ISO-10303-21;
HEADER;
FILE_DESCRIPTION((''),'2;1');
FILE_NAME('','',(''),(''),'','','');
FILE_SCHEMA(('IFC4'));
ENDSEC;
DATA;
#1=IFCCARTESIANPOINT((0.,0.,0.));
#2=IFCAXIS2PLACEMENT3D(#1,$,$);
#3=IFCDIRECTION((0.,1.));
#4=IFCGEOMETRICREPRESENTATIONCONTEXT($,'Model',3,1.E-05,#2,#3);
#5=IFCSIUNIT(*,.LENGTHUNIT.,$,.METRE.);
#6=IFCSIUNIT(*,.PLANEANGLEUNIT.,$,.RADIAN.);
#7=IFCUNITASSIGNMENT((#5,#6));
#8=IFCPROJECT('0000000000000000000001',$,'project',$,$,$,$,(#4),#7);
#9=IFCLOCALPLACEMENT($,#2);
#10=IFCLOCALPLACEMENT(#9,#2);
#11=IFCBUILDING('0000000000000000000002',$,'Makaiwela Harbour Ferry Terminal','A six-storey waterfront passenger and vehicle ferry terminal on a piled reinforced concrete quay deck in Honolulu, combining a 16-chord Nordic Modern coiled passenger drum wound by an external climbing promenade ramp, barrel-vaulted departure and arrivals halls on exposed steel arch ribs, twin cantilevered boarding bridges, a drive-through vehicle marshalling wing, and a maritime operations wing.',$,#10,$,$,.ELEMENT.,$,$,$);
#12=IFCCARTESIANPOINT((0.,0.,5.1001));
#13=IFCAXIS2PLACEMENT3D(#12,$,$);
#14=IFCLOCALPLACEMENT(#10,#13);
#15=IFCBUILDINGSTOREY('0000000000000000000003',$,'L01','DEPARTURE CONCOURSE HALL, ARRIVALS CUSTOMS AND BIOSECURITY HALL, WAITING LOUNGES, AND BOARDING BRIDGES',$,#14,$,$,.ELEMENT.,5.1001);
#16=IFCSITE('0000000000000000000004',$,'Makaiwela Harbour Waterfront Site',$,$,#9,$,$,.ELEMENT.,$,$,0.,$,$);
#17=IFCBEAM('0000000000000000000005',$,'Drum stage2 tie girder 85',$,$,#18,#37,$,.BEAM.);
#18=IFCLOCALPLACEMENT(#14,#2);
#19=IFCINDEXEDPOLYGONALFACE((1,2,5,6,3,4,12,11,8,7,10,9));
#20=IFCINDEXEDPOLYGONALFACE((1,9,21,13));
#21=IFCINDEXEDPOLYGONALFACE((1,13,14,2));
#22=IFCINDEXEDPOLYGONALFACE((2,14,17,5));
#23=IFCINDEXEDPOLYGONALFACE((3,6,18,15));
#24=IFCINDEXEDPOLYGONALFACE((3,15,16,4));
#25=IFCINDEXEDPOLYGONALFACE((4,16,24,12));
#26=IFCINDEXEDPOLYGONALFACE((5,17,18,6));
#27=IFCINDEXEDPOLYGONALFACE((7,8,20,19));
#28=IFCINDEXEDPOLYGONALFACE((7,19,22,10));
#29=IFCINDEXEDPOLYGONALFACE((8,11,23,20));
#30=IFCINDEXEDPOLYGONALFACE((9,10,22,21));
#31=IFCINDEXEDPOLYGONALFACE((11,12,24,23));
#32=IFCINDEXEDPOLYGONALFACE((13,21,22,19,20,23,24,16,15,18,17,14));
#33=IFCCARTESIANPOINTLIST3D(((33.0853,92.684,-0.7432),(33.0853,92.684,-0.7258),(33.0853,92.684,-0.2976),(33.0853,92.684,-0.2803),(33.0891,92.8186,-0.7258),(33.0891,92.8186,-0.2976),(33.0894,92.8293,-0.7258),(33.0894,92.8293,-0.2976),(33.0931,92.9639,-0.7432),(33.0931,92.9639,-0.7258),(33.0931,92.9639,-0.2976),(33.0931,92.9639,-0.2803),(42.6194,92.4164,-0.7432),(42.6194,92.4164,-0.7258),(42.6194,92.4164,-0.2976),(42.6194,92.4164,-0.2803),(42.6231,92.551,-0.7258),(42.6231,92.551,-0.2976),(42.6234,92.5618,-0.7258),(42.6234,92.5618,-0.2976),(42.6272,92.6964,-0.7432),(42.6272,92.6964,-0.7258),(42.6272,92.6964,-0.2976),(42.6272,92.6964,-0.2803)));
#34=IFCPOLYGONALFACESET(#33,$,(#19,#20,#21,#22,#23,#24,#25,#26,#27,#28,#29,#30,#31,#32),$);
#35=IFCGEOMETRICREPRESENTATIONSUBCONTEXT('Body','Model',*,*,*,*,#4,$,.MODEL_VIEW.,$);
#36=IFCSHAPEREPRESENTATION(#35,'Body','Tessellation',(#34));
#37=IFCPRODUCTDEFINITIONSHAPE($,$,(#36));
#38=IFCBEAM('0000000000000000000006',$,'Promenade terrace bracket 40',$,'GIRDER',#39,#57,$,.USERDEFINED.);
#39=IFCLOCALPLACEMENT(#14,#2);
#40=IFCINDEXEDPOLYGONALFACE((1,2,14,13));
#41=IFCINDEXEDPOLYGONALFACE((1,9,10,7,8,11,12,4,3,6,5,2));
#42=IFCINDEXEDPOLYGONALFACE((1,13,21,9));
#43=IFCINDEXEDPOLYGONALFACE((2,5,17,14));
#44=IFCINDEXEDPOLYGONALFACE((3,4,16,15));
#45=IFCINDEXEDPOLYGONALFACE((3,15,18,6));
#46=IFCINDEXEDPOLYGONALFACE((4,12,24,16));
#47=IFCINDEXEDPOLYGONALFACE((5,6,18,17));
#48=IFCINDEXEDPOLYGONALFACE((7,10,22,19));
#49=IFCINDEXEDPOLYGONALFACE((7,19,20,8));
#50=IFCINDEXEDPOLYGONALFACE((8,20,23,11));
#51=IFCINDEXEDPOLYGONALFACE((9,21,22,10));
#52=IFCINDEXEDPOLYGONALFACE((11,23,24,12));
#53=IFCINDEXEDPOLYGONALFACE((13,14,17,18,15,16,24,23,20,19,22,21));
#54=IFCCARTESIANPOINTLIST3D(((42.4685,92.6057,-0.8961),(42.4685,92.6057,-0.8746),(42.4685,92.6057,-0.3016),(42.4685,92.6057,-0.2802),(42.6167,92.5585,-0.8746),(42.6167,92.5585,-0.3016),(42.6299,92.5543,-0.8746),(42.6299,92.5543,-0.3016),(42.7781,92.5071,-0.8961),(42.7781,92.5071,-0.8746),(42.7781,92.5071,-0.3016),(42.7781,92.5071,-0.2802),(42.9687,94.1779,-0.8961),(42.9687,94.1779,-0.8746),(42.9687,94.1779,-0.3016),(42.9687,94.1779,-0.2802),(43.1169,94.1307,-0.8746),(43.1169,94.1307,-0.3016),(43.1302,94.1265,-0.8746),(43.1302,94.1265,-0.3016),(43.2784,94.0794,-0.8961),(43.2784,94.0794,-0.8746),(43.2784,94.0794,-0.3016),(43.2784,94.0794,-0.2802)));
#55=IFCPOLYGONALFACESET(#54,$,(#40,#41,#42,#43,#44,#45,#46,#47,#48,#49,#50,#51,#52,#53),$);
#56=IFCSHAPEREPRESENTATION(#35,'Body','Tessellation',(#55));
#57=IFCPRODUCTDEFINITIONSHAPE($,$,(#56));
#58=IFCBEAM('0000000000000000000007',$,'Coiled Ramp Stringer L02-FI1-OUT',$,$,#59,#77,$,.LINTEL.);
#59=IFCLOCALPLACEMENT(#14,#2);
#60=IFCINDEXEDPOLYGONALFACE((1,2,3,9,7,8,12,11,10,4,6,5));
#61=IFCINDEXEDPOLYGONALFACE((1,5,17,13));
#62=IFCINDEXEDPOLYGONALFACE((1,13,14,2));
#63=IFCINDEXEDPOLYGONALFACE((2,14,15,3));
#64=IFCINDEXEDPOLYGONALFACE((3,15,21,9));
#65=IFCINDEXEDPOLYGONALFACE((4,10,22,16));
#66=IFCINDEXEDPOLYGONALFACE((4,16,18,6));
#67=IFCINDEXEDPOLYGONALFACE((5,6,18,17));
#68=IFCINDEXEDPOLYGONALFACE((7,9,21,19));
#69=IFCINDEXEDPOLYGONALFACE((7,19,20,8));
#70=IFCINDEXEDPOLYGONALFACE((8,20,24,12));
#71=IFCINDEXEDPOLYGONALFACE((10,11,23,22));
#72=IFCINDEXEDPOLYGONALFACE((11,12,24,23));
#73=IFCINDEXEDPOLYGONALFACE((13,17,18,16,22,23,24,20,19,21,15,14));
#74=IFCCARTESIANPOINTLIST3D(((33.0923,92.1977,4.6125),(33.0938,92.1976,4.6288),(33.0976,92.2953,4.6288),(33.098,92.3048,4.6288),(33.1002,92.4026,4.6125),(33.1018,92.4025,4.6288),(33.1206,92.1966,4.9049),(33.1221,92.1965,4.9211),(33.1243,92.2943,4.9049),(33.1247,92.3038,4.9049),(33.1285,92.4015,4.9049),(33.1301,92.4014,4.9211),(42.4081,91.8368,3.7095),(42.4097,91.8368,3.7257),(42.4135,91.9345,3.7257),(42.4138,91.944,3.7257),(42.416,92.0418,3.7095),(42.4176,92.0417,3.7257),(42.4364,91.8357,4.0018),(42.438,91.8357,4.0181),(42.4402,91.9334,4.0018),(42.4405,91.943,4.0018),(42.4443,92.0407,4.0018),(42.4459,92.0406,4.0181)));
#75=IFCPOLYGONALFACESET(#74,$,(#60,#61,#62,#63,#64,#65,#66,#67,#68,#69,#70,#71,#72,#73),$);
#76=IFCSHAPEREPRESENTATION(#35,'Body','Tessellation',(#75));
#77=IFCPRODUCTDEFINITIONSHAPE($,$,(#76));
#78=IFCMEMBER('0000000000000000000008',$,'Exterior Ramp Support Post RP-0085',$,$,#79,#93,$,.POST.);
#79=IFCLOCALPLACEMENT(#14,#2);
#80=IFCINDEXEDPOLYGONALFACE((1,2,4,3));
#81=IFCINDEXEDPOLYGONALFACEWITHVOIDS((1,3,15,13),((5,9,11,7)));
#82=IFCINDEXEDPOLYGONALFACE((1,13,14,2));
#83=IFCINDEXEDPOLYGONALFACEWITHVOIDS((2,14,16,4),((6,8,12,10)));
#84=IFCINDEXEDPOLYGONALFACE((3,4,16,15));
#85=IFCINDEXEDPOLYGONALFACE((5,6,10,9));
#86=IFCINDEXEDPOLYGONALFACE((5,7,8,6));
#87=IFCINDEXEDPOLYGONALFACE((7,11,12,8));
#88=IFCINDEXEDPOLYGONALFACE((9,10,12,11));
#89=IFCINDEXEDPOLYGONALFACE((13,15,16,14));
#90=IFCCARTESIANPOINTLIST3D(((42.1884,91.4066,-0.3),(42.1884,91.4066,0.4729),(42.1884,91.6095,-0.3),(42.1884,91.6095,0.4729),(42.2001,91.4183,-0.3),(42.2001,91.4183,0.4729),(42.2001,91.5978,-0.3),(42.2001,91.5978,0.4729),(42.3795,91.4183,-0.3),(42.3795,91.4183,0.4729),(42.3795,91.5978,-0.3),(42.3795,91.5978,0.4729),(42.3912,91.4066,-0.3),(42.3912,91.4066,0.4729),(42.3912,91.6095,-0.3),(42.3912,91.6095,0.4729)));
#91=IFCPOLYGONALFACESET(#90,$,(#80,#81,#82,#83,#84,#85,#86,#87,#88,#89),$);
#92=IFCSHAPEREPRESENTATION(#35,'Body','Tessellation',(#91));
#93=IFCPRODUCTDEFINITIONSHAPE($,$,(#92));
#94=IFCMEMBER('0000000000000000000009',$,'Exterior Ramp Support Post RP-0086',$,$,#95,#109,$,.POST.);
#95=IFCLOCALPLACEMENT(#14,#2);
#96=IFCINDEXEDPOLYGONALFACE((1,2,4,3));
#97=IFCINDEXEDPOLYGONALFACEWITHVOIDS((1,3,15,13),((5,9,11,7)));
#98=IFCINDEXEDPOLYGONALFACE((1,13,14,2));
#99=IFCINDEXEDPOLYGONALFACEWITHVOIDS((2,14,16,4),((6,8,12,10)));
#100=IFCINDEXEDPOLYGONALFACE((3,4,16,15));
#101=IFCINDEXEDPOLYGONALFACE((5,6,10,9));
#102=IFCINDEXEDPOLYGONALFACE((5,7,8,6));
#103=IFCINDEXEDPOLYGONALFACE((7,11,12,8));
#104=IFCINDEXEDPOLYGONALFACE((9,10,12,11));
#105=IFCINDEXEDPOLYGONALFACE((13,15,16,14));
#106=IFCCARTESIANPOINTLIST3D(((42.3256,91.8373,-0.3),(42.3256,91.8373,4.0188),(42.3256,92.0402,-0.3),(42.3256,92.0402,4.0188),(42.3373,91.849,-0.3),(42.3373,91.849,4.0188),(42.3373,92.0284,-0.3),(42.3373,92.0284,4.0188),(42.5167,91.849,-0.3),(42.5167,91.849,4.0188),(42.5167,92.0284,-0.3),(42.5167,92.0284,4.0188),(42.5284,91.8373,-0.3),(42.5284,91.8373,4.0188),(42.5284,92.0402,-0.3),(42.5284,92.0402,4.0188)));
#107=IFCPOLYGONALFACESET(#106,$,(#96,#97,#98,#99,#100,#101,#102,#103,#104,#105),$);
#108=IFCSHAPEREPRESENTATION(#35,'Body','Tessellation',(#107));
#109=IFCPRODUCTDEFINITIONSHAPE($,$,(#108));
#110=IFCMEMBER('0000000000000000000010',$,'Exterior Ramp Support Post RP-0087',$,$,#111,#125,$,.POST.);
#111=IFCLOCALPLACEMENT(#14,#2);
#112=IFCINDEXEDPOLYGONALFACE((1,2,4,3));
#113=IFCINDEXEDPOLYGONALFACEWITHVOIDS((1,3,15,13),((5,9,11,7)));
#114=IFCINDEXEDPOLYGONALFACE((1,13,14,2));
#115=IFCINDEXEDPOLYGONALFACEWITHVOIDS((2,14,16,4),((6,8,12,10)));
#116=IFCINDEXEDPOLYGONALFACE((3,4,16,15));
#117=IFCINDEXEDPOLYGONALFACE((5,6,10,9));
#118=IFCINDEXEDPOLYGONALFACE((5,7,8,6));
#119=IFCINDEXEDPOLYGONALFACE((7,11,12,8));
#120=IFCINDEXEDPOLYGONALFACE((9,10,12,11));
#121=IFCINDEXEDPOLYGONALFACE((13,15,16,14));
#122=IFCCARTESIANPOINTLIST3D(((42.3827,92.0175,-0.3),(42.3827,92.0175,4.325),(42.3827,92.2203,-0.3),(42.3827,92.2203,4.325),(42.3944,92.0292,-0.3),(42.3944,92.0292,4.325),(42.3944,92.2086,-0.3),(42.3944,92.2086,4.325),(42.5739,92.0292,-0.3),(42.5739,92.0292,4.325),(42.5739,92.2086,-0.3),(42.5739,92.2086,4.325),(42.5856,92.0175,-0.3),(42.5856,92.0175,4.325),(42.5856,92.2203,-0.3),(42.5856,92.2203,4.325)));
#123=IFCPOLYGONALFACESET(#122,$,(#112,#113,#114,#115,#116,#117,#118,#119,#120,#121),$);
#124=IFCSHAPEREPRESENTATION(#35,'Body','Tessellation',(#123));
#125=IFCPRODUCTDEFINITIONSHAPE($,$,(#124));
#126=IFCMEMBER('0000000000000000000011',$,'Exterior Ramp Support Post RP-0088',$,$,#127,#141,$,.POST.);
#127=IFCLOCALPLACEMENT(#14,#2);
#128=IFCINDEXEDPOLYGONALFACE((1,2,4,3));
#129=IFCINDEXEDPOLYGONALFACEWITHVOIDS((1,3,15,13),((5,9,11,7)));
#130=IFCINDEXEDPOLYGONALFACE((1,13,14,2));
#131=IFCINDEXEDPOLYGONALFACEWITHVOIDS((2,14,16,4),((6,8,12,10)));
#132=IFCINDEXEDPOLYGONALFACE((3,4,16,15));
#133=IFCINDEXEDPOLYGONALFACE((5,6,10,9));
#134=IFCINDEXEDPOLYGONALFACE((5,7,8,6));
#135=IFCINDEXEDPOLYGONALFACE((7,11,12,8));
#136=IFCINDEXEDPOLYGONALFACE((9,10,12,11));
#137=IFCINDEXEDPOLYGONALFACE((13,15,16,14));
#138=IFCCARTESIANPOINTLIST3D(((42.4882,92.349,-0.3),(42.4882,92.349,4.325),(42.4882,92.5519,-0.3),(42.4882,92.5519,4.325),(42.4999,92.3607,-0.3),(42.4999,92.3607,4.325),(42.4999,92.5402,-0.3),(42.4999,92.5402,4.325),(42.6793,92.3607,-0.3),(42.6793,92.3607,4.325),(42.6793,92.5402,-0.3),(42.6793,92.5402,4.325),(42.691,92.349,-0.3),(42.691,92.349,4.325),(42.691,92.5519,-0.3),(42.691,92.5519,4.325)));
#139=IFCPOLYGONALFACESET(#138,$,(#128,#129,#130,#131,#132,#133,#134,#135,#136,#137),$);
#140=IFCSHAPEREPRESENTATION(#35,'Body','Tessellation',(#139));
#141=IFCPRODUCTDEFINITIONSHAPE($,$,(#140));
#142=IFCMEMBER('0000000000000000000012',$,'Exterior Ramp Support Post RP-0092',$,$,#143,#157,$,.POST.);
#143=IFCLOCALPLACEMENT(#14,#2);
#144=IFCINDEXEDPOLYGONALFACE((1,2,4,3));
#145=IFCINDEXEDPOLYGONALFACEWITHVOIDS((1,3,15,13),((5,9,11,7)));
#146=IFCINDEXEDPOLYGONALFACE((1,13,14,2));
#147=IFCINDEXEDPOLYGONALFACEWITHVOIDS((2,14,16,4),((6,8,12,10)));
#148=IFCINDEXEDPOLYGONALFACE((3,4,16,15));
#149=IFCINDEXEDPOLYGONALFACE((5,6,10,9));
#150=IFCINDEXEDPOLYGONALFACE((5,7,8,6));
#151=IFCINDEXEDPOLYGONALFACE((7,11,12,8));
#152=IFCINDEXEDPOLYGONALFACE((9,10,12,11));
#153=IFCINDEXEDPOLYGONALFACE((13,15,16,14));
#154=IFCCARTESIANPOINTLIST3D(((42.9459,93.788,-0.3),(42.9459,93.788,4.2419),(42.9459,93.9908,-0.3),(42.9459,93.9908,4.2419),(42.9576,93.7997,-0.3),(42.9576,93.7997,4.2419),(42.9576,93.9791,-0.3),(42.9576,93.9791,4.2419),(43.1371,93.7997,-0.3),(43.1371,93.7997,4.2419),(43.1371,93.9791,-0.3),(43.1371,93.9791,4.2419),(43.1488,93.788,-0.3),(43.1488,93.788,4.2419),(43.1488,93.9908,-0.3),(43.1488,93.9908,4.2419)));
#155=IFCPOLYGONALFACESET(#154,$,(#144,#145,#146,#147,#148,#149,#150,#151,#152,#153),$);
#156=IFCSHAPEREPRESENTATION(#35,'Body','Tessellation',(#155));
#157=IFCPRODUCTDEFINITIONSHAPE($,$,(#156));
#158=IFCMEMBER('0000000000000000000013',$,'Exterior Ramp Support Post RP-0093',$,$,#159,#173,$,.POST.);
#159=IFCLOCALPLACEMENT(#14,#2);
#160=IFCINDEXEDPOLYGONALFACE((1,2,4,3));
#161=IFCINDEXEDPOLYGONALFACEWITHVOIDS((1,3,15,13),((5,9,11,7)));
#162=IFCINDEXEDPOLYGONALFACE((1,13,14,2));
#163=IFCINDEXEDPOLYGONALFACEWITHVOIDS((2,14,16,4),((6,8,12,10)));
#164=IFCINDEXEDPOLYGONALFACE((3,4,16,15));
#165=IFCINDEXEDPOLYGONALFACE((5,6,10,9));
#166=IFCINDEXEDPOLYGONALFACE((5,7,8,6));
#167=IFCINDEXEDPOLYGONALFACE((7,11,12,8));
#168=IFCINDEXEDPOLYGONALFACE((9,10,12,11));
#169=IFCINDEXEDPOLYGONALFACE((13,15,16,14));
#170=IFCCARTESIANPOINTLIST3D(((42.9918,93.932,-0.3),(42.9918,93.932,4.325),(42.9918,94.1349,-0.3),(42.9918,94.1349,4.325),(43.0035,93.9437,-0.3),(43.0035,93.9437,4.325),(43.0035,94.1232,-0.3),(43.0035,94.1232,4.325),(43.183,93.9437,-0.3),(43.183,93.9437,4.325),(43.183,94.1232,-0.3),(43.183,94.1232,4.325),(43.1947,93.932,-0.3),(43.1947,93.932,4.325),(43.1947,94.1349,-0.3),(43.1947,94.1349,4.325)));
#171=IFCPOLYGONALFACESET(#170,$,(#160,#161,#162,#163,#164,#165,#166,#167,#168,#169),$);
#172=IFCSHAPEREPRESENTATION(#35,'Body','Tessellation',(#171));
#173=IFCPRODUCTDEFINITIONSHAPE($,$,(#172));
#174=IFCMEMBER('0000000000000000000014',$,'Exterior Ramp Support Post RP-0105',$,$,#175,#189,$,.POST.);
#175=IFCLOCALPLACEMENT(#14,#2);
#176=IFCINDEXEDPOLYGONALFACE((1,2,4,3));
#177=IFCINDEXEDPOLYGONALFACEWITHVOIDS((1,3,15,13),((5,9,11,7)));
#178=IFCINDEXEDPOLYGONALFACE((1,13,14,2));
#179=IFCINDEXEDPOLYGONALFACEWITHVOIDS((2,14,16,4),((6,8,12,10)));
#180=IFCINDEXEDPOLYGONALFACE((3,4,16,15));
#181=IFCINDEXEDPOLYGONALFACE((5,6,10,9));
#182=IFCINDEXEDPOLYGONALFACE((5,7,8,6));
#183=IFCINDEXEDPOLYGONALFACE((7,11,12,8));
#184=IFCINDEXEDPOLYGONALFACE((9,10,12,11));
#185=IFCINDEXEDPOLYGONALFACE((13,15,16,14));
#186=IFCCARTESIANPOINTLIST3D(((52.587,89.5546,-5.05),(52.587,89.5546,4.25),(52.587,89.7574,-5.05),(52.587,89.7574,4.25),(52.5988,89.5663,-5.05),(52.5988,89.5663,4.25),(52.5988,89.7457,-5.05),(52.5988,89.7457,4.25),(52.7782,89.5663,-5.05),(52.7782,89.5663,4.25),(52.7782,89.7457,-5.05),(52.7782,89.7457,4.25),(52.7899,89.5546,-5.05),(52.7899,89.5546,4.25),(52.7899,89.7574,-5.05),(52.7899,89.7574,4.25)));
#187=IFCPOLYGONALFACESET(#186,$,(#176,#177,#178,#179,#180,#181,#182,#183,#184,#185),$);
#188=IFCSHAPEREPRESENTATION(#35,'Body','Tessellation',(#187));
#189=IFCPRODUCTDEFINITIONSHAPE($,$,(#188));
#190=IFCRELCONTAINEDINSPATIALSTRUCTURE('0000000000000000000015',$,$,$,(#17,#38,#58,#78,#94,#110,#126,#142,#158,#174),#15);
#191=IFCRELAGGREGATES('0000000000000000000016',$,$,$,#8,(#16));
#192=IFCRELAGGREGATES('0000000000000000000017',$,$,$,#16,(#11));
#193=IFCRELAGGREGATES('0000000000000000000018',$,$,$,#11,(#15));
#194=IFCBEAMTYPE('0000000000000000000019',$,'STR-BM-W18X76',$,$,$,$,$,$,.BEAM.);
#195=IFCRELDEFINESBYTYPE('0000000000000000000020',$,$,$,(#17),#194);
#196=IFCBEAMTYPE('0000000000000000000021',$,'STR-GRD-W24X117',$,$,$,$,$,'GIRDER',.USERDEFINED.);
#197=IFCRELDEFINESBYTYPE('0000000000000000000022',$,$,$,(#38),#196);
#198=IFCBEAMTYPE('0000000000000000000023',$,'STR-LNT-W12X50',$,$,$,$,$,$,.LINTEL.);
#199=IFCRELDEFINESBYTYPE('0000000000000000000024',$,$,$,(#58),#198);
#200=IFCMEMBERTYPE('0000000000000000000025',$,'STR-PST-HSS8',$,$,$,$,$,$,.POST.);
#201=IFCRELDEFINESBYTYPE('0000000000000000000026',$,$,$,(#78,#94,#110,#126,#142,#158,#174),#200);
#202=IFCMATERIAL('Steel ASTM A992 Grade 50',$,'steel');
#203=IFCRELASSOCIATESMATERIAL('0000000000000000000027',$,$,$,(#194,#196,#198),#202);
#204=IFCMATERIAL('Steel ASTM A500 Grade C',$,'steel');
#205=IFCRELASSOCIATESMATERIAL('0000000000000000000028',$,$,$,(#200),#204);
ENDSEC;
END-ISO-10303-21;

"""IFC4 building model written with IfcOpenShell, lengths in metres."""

from ifc_helpers import new_model, si_unit, direction, frame, origin, origin_2d, place, context, subcontext, project, spatial, hollow_rectangle, i_section, extrude, material, material_profile, profile_set, type_object, element, save


model = new_model("IFC4")

# Units and contexts
model_context = context("Model", 3, precision=1e-05, world=origin(), true_north=direction((0.0, 1.0)))
body_context = subcontext(model_context, "Body", "Model", "MODEL_VIEW")
ifc_project = project(units=[si_unit("LENGTHUNIT", "METRE"), si_unit("PLANEANGLEUNIT", "RADIAN")], contexts=[model_context])

# Site, building, storey
site_placement = place(None, origin())
site = spatial("IfcSite", under=ifc_project, at=site_placement, Name="Makaiwela Harbour Waterfront Site", CompositionType="ELEMENT", RefElevation=0.0)
building_placement = place(site_placement, origin())
building = spatial("IfcBuilding", under=site, at=building_placement, Name="Makaiwela Harbour Ferry Terminal", Description="A six-storey waterfront passenger and vehicle ferry terminal on a piled reinforced concrete quay deck in Honolulu, combining a 16-chord Nordic Modern coiled passenger drum wound by an external climbing promenade ramp, barrel-vaulted departure and arrivals halls on exposed steel arch ribs, twin cantilevered boarding bridges, a drive-through vehicle marshalling wing, and a maritime operations wing.", CompositionType="ELEMENT")
storey_placement = place(building_placement, frame((0.0, 0.0, 5.1001)))
storey = spatial("IfcBuildingStorey", under=building, at=storey_placement, Name="L01", Description="DEPARTURE CONCOURSE HALL, ARRIVALS CUSTOMS AND BIOSECURITY HALL, WAITING LOUNGES, AND BOARDING BRIDGES", CompositionType="ELEMENT", Elevation=5.1001)

# Beams
ifc_material_1 = material(Name="Steel ASTM A992 Grade 50", Category="steel")
ifc_material_profile_1 = material_profile(ifc_material_1, i_section(OverallWidth=0.28, OverallDepth=0.4629, WebThickness=0.0107, FlangeThickness=0.0173, at=origin_2d()), Name="W18X76")
ifc_profile_set_1 = profile_set([ifc_material_profile_1], Name="Steel ASTM A992 Grade 50")
beam_type_1 = type_object("IfcBeamType", Name="STR-BM-W18X76", PredefinedType="BEAM", material=ifc_profile_set_1)
beam_1_placement = place(storey_placement, frame((42.6233, 92.5564, -0.5117), z_axis=(-0.999606, 0.028054, 0.0), x_axis=(-0.028054, -0.999606, 0.0)))
element("IfcBeam", 1, at=beam_1_placement, inside=storey, type_object=beam_type_1, Name="Drum stage2 tie girder 85", PredefinedType="BEAM", context=body_context, shape_type="SweptSolid", body=[
    extrude(i_section(OverallWidth=0.28, OverallDepth=0.4629, WebThickness=0.0107, FlangeThickness=0.0173, at=origin_2d()), origin(), (0.0, 0.0, 1.0), 9.5378),
])
ifc_material_profile_2 = material_profile(ifc_material_1, i_section(OverallWidth=0.325, OverallDepth=0.616, WebThickness=0.0139, FlangeThickness=0.0215, at=origin_2d()), Name="W24X117")
ifc_profile_set_2 = profile_set([ifc_material_profile_2], Name="Steel ASTM A992 Grade 50")
beam_type_2 = type_object("IfcBeamType", Name="STR-GRD-W24X117", ElementType="GIRDER", PredefinedType="USERDEFINED", material=ifc_profile_set_2)
beam_2_placement = place(storey_placement, frame((42.6233, 92.5564, -0.5881), z_axis=(0.303191, 0.95293, 0.0), x_axis=(-0.95293, 0.303191, 0.0)))
element("IfcBeam", 2, at=beam_2_placement, inside=storey, type_object=beam_type_2, Name="Promenade terrace bracket 40", ObjectType="GIRDER", PredefinedType="USERDEFINED", context=body_context, shape_type="SweptSolid", body=[
    extrude(i_section(OverallWidth=0.325, OverallDepth=0.616, WebThickness=0.0139, FlangeThickness=0.0215, at=origin_2d()), origin(), (0.0, 0.0, 1.0), 1.6499),
])
ifc_material_profile_3 = material_profile(ifc_material_1, i_section(OverallWidth=0.2051, OverallDepth=0.3101, WebThickness=0.0095, FlangeThickness=0.0164, at=origin_2d()), Name="W12X50")
ifc_profile_set_3 = profile_set([ifc_material_profile_3], Name="Steel ASTM A992 Grade 50")
beam_type_3 = type_object("IfcBeamType", Name="STR-LNT-W12X50", PredefinedType="LINTEL", material=ifc_profile_set_3)
beam_3_placement = place(storey_placement, frame((42.427, 91.9387, 3.8638), z_axis=(-0.994595, 0.038524, 0.096415), x_axis=(-0.038705, -0.999251, 0.0)))
element("IfcBeam", 3, at=beam_3_placement, inside=storey, type_object=beam_type_3, Name="Coiled Ramp Stringer L02-FI1-OUT", PredefinedType="LINTEL", context=body_context, shape_type="SweptSolid", body=[
    extrude(i_section(OverallWidth=0.2051, OverallDepth=0.3101, WebThickness=0.0095, FlangeThickness=0.0164, at=origin_2d()), origin(), (0.0, 0.0, 1.0), 9.3665),
])

# Members
ifc_material_2 = material(Name="Steel ASTM A500 Grade C", Category="steel")
ifc_material_profile_4 = material_profile(ifc_material_2, hollow_rectangle(XDim=0.2029, YDim=0.2029, WallThickness=0.0117, at=origin_2d()), Name="HSS8X8X1/2")
ifc_profile_set_4 = profile_set([ifc_material_profile_4], Name="Steel ASTM A500 Grade C")
member_type = type_object("IfcMemberType", Name="STR-PST-HSS8", PredefinedType="POST", material=ifc_profile_set_4)
member_1_placement = place(storey_placement, frame((42.2898, 91.5081, -0.3), z_axis=(0.0, 0.0, 1.0), x_axis=(1.0, 0.0, 0.0)))
element("IfcMember", 4, at=member_1_placement, inside=storey, type_object=member_type, Name="Exterior Ramp Support Post RP-0085", PredefinedType="POST", context=body_context, shape_type="SweptSolid", body=[
    extrude(hollow_rectangle(XDim=0.2029, YDim=0.2029, WallThickness=0.0117, at=origin_2d()), origin(), (0.0, 0.0, 1.0), 0.7729),
])
member_2_placement = place(storey_placement, frame((42.427, 91.9387, -0.3), z_axis=(0.0, 0.0, 1.0), x_axis=(1.0, 0.0, 0.0)))
element("IfcMember", 5, at=member_2_placement, inside=storey, type_object=member_type, Name="Exterior Ramp Support Post RP-0086", PredefinedType="POST", context=body_context, shape_type="SweptSolid", body=[
    extrude(hollow_rectangle(XDim=0.2029, YDim=0.2029, WallThickness=0.0117, at=origin_2d()), origin(), (0.0, 0.0, 1.0), 4.3188),
])
for number, where, z_axis, x_axis, name in (
    (6, (42.4841, 92.1189, -0.3), (0.0, 0.0, 1.0), (1.0, 0.0, 0.0), "Exterior Ramp Support Post RP-0087"),
    (7, (42.5896, 92.4504, -0.3), (0.0, 0.0, 1.0), (1.0, 0.0, 0.0), "Exterior Ramp Support Post RP-0088"),
):
    element("IfcMember", number, at=place(storey_placement, frame(where, z_axis=z_axis, x_axis=x_axis)), inside=storey, type_object=member_type, Name=name, PredefinedType="POST", context=body_context, shape_type="SweptSolid", body=[
        extrude(hollow_rectangle(XDim=0.2029, YDim=0.2029, WallThickness=0.0117, at=origin_2d()), origin(), (0.0, 0.0, 1.0), 4.625),
    ])
member_3_placement = place(storey_placement, frame((43.0474, 93.8894, -0.3), z_axis=(0.0, 0.0, 1.0), x_axis=(1.0, 0.0, 0.0)))
element("IfcMember", 8, at=member_3_placement, inside=storey, type_object=member_type, Name="Exterior Ramp Support Post RP-0092", PredefinedType="POST", context=body_context, shape_type="SweptSolid", body=[
    extrude(hollow_rectangle(XDim=0.2029, YDim=0.2029, WallThickness=0.0117, at=origin_2d()), origin(), (0.0, 0.0, 1.0), 4.542),
])
member_4_placement = place(storey_placement, frame((43.0933, 94.0334, -0.3), z_axis=(0.0, 0.0, 1.0), x_axis=(1.0, 0.0, 0.0)))
element("IfcMember", 9, at=member_4_placement, inside=storey, type_object=member_type, Name="Exterior Ramp Support Post RP-0093", PredefinedType="POST", context=body_context, shape_type="SweptSolid", body=[
    extrude(hollow_rectangle(XDim=0.2029, YDim=0.2029, WallThickness=0.0117, at=origin_2d()), origin(), (0.0, 0.0, 1.0), 4.625),
])
member_5_placement = place(storey_placement, frame((52.6885, 89.656, -5.05), z_axis=(0.0, 0.0, 1.0), x_axis=(1.0, 0.0, 0.0)))
element("IfcMember", 10, at=member_5_placement, inside=storey, type_object=member_type, Name="Exterior Ramp Support Post RP-0105", PredefinedType="POST", context=body_context, shape_type="SweptSolid", body=[
    extrude(hollow_rectangle(XDim=0.2029, YDim=0.2029, WallThickness=0.0117, at=origin_2d()), origin(), (0.0, 0.0, 1.0), 9.3),
])

save(model, "model.ifc")
